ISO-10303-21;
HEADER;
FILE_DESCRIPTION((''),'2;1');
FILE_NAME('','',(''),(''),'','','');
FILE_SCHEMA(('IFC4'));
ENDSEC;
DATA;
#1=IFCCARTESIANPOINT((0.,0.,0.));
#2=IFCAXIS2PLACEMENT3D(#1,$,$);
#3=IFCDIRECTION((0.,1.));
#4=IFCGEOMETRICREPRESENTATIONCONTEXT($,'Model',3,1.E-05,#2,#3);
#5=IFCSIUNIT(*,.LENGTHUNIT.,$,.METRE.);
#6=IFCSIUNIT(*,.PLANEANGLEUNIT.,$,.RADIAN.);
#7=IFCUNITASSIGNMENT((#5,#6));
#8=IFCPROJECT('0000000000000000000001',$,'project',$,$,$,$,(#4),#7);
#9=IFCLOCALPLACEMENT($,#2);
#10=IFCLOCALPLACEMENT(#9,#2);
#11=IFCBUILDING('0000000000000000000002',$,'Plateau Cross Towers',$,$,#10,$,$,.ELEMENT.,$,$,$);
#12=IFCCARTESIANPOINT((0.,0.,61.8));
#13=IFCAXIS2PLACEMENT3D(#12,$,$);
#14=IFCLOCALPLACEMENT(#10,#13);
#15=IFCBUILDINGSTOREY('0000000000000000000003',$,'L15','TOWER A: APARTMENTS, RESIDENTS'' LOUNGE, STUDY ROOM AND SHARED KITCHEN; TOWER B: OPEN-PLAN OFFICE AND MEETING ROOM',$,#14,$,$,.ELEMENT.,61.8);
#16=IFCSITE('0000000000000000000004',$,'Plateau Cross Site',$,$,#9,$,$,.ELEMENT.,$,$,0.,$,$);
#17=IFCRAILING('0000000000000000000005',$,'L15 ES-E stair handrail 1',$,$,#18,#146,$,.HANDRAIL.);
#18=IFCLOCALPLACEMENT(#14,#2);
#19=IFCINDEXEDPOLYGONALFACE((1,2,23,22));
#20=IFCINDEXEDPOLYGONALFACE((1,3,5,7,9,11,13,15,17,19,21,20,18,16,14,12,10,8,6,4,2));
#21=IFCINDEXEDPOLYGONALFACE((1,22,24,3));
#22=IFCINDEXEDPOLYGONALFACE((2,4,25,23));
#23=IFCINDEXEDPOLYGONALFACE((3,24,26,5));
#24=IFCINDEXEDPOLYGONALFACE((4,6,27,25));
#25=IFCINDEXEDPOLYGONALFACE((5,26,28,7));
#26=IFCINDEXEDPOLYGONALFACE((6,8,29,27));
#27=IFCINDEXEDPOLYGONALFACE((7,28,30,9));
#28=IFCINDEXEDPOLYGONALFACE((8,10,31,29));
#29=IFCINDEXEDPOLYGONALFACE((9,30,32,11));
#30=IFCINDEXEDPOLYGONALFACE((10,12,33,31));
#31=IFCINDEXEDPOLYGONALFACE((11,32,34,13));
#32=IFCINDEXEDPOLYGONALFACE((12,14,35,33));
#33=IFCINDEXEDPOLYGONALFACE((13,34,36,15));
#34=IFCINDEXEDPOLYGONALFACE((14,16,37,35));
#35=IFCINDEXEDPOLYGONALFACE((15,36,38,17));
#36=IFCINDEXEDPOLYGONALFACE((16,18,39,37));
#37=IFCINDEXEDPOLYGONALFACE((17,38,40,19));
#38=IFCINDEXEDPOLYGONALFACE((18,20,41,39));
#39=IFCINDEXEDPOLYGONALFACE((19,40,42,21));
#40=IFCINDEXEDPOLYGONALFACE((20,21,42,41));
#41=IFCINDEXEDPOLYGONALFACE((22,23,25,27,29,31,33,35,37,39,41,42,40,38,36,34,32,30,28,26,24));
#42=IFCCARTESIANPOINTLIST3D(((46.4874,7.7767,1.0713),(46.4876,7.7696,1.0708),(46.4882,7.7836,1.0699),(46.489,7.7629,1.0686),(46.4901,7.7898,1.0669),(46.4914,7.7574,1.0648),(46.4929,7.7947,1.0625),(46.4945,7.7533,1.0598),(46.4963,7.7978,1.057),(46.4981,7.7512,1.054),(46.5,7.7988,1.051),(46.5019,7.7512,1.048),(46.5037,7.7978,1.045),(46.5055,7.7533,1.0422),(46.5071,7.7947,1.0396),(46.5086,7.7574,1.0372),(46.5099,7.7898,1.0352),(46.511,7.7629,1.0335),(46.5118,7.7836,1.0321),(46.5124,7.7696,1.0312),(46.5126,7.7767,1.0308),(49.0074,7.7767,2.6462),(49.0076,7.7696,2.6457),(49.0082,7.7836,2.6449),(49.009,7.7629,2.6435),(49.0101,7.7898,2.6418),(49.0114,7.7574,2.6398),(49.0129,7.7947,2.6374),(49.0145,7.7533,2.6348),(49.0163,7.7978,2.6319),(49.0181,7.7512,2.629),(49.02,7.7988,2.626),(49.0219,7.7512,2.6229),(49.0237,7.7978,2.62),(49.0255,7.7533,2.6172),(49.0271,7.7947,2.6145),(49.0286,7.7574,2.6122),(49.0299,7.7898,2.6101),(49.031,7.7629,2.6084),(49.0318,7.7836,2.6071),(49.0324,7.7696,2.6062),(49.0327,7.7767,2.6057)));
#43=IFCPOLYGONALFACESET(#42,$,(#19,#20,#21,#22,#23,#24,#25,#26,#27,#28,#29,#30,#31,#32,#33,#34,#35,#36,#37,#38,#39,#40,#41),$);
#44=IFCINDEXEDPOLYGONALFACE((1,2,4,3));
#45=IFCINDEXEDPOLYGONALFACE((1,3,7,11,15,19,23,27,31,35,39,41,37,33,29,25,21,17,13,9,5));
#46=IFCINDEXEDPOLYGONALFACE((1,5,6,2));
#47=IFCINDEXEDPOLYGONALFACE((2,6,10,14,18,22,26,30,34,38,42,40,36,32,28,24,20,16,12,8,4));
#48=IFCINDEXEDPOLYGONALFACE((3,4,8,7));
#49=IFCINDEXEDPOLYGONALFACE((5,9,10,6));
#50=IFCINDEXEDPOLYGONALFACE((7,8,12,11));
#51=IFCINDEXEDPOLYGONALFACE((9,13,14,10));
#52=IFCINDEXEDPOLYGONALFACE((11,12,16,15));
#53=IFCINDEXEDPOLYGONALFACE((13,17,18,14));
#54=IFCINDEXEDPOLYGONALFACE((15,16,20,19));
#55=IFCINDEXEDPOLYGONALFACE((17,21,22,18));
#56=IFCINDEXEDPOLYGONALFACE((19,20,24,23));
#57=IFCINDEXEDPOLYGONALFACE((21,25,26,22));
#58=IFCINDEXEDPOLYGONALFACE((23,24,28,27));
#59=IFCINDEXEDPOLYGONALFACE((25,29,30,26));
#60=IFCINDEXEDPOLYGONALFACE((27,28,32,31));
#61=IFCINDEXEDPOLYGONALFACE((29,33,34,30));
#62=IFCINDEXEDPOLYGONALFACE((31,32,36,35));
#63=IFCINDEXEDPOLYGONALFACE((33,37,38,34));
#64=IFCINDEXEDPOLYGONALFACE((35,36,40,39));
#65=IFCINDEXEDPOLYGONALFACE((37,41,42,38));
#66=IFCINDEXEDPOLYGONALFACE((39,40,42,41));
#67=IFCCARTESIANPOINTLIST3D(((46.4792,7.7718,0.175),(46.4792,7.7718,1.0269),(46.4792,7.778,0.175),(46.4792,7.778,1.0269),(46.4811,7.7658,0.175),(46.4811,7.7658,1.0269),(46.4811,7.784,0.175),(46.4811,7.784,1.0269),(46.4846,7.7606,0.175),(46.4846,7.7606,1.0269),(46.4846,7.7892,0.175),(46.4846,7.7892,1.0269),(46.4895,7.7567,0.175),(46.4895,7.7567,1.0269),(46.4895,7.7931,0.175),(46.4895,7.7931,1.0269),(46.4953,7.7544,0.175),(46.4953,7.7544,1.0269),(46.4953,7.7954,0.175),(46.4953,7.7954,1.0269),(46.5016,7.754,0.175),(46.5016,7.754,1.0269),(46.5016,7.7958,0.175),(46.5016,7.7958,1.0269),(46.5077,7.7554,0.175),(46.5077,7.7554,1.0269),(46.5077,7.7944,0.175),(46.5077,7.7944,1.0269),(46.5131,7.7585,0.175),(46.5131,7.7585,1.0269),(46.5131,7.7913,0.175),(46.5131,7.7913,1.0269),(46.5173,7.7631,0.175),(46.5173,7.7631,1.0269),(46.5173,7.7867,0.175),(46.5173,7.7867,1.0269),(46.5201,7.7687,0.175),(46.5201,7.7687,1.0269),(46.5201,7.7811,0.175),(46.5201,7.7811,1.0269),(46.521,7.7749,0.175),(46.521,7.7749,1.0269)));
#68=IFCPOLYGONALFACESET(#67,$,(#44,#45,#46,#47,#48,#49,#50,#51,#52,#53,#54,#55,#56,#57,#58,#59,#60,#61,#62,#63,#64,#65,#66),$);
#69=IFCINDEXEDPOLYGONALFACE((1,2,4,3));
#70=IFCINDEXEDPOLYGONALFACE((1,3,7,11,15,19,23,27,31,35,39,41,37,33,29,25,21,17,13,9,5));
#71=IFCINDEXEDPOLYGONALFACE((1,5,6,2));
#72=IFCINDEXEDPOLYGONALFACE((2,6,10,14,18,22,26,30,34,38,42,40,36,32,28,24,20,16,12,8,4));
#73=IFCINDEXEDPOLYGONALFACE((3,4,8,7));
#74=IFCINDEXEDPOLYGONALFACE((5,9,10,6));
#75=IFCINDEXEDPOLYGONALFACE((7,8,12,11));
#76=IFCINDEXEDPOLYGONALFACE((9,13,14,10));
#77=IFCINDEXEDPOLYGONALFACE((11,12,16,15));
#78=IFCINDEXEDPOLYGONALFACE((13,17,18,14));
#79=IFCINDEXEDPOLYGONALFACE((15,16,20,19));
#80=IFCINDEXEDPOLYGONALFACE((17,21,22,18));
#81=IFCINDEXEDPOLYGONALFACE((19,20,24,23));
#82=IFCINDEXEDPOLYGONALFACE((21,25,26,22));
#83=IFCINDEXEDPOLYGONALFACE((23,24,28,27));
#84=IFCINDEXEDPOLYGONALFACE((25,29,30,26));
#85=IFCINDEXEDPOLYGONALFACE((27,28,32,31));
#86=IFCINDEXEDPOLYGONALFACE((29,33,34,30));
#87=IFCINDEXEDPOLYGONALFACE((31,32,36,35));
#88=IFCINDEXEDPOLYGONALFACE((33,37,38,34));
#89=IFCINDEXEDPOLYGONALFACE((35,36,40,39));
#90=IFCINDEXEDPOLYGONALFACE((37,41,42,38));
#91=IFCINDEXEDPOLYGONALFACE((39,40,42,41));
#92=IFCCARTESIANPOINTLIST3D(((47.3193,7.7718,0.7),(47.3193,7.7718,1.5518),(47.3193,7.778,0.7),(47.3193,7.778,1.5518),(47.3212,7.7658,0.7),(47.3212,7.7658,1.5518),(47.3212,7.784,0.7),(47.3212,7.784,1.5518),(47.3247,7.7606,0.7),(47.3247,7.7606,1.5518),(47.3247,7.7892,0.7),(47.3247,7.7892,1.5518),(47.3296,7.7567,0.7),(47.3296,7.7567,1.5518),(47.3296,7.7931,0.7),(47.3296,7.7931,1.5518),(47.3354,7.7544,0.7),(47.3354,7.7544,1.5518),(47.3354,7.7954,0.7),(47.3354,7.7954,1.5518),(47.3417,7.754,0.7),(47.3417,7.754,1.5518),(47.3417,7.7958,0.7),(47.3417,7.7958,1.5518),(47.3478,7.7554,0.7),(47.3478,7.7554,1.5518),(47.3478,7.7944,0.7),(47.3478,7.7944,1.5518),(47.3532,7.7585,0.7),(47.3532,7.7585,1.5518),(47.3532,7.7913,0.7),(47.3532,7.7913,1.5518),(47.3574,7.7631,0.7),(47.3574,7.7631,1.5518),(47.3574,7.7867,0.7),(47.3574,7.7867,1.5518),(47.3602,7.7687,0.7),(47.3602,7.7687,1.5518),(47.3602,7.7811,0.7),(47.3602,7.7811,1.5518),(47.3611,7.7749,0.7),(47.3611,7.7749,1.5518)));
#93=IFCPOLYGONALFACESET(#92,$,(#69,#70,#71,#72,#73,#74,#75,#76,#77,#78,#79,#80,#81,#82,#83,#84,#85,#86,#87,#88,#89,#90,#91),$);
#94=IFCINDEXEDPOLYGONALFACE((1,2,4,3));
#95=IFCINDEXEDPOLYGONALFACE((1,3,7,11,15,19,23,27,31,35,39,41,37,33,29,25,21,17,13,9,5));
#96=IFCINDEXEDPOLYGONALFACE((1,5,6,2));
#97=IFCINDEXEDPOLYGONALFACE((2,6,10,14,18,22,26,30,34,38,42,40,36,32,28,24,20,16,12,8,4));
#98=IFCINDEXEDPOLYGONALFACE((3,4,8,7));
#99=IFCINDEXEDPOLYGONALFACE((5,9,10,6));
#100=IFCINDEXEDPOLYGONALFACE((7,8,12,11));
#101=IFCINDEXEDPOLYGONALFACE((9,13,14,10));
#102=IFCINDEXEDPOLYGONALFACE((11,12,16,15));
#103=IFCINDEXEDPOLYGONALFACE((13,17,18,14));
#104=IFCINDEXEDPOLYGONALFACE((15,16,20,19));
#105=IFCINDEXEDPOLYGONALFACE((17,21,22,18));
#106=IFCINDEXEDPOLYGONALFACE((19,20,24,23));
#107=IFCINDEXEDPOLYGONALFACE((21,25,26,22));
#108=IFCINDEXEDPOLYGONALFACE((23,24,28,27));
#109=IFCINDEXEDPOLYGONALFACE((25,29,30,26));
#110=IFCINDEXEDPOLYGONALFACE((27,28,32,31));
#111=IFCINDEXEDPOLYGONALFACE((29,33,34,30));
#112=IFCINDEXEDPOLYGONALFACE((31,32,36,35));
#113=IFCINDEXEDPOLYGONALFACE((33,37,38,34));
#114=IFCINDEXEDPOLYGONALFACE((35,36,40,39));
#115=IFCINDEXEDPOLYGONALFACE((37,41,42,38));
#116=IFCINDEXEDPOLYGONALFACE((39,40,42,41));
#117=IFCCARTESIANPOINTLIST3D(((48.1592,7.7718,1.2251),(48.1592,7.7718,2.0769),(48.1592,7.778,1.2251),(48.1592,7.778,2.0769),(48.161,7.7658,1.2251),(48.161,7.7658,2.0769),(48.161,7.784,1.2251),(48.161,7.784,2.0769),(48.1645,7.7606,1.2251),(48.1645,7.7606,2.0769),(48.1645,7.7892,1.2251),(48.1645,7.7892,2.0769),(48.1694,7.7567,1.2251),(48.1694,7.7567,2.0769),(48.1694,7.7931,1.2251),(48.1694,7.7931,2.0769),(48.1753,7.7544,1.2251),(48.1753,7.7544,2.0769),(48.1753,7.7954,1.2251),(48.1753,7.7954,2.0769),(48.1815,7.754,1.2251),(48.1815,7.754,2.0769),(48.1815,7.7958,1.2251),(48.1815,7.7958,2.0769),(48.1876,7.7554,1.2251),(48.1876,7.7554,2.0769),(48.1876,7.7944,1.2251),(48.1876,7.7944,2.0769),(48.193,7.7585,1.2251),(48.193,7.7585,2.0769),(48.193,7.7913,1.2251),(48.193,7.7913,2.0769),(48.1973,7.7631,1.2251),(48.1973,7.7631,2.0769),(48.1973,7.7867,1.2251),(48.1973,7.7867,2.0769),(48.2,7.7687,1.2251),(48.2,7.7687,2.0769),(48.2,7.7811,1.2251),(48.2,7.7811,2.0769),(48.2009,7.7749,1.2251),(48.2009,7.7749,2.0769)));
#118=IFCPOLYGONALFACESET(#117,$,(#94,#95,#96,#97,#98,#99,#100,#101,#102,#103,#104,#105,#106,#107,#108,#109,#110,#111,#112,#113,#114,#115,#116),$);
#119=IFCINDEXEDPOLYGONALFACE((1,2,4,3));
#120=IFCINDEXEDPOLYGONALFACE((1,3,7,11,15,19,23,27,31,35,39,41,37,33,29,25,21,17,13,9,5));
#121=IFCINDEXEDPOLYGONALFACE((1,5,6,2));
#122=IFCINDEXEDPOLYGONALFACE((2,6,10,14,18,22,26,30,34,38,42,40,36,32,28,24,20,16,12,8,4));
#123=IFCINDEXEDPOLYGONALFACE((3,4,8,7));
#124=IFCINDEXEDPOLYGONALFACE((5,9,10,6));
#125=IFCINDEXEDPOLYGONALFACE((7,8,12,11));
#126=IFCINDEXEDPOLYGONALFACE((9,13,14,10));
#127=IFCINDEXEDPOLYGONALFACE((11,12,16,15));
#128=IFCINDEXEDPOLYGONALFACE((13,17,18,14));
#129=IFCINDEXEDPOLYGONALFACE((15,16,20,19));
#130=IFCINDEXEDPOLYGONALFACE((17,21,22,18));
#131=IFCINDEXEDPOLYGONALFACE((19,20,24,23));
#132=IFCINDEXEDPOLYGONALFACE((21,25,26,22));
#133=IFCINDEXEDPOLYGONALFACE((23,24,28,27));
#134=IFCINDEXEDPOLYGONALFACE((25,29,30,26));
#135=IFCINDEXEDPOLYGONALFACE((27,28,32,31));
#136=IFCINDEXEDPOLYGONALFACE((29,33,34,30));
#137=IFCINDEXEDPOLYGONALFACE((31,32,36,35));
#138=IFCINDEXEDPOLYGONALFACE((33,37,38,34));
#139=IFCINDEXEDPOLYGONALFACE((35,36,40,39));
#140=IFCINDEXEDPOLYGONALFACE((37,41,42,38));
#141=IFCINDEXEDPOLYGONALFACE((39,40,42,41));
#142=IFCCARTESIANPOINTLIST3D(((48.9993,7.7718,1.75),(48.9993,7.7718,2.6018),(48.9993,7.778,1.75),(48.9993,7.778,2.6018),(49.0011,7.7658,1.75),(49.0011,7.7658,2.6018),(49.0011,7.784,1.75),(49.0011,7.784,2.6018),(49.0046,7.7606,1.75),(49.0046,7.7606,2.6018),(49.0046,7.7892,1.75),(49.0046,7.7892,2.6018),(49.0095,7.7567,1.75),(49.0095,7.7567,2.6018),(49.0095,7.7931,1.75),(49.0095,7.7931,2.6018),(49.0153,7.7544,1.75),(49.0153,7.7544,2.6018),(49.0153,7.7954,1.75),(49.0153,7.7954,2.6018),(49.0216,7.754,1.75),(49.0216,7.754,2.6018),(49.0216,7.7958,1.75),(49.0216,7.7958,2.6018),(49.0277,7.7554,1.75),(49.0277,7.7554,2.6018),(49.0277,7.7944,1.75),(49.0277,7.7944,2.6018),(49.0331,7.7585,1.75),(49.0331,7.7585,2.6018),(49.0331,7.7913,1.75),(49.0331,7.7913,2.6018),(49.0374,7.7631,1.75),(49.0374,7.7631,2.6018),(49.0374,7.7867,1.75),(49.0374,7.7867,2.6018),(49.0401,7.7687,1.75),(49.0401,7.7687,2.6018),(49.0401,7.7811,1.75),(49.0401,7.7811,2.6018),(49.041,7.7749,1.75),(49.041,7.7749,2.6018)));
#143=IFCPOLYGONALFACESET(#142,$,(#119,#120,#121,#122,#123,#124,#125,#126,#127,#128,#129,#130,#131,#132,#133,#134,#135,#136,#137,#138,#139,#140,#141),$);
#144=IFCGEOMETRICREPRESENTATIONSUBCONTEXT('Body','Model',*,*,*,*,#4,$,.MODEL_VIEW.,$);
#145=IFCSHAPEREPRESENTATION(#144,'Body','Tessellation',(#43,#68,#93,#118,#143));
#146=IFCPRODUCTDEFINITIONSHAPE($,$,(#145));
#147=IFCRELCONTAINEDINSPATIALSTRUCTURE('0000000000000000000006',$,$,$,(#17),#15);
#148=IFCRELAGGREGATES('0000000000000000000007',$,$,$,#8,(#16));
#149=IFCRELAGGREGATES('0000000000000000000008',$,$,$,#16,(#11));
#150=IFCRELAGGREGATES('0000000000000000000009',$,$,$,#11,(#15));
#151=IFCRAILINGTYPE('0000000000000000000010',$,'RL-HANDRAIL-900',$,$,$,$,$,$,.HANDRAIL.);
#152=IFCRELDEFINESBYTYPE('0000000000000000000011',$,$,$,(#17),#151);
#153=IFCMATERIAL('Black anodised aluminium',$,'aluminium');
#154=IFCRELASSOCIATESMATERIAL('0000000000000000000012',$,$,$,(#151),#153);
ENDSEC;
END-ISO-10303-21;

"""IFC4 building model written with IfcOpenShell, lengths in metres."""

from ifc_helpers import new_model, si_unit, direction, frame, origin, origin_2d, place, context, subcontext, project, spatial, circle, extrude, material, type_object, element, save


model = new_model("IFC4")

# Units and contexts
model_context = context("Model", 3, precision=1e-05, world=origin(), true_north=direction((0.0, 1.0)))
body_context = subcontext(model_context, "Body", "Model", "MODEL_VIEW")
ifc_project = project(units=[si_unit("LENGTHUNIT", "METRE"), si_unit("PLANEANGLEUNIT", "RADIAN")], contexts=[model_context])

# Site, building, storey
site_placement = place(None, origin())
site = spatial("IfcSite", under=ifc_project, at=site_placement, Name="Plateau Cross Site", CompositionType="ELEMENT", RefElevation=0.0)
building_placement = place(site_placement, origin())
building = spatial("IfcBuilding", under=site, at=building_placement, Name="Plateau Cross Towers", CompositionType="ELEMENT")
storey_placement = place(building_placement, frame((0.0, 0.0, 61.8)))
storey = spatial("IfcBuildingStorey", under=building, at=storey_placement, Name="L15", Description="TOWER A: APARTMENTS, RESIDENTS' LOUNGE, STUDY ROOM AND SHARED KITCHEN; TOWER B: OPEN-PLAN OFFICE AND MEETING ROOM", CompositionType="ELEMENT", Elevation=61.8)

# Shared definitions
ifc_material_1 = material(Name="Black anodised aluminium", Category="aluminium")

# Railing
railing_type_1 = type_object("IfcRailingType", Name="RL-HANDRAIL-900", PredefinedType="HANDRAIL", material=ifc_material_1)
railing_1_placement = place(storey_placement, frame((46.5, 7.7749, 0.175)))
element("IfcRailing", 1, at=railing_1_placement, inside=storey, type_object=railing_type_1, Name="L15 ES-E stair handrail 1", PredefinedType="HANDRAIL", context=body_context, shape_type="SweptSolid", body=[
    extrude(circle(Radius=0.0239, at=origin_2d()), frame((0.0, 0.0, 0.876), z_axis=(0.848008, 0.0, 0.529984), x_axis=(0.0, 1.0, 0.0)), (0.0, 0.0, 1.0), 2.9717),
    extrude(circle(Radius=0.021, at=origin_2d()), origin(), (0.0, 0.0, 1.0), 0.8518),
    extrude(circle(Radius=0.021, at=origin_2d()), frame((0.8401, 0.0, 0.5249)), (0.0, 0.0, 1.0), 0.8518),
    extrude(circle(Radius=0.021, at=origin_2d()), frame((1.6799, 0.0, 1.05)), (0.0, 0.0, 1.0), 0.8518),
    extrude(circle(Radius=0.021, at=origin_2d()), frame((2.52, 0.0, 1.575)), (0.0, 0.0, 1.0), 0.8518),
])

save(model, "model.ifc")
